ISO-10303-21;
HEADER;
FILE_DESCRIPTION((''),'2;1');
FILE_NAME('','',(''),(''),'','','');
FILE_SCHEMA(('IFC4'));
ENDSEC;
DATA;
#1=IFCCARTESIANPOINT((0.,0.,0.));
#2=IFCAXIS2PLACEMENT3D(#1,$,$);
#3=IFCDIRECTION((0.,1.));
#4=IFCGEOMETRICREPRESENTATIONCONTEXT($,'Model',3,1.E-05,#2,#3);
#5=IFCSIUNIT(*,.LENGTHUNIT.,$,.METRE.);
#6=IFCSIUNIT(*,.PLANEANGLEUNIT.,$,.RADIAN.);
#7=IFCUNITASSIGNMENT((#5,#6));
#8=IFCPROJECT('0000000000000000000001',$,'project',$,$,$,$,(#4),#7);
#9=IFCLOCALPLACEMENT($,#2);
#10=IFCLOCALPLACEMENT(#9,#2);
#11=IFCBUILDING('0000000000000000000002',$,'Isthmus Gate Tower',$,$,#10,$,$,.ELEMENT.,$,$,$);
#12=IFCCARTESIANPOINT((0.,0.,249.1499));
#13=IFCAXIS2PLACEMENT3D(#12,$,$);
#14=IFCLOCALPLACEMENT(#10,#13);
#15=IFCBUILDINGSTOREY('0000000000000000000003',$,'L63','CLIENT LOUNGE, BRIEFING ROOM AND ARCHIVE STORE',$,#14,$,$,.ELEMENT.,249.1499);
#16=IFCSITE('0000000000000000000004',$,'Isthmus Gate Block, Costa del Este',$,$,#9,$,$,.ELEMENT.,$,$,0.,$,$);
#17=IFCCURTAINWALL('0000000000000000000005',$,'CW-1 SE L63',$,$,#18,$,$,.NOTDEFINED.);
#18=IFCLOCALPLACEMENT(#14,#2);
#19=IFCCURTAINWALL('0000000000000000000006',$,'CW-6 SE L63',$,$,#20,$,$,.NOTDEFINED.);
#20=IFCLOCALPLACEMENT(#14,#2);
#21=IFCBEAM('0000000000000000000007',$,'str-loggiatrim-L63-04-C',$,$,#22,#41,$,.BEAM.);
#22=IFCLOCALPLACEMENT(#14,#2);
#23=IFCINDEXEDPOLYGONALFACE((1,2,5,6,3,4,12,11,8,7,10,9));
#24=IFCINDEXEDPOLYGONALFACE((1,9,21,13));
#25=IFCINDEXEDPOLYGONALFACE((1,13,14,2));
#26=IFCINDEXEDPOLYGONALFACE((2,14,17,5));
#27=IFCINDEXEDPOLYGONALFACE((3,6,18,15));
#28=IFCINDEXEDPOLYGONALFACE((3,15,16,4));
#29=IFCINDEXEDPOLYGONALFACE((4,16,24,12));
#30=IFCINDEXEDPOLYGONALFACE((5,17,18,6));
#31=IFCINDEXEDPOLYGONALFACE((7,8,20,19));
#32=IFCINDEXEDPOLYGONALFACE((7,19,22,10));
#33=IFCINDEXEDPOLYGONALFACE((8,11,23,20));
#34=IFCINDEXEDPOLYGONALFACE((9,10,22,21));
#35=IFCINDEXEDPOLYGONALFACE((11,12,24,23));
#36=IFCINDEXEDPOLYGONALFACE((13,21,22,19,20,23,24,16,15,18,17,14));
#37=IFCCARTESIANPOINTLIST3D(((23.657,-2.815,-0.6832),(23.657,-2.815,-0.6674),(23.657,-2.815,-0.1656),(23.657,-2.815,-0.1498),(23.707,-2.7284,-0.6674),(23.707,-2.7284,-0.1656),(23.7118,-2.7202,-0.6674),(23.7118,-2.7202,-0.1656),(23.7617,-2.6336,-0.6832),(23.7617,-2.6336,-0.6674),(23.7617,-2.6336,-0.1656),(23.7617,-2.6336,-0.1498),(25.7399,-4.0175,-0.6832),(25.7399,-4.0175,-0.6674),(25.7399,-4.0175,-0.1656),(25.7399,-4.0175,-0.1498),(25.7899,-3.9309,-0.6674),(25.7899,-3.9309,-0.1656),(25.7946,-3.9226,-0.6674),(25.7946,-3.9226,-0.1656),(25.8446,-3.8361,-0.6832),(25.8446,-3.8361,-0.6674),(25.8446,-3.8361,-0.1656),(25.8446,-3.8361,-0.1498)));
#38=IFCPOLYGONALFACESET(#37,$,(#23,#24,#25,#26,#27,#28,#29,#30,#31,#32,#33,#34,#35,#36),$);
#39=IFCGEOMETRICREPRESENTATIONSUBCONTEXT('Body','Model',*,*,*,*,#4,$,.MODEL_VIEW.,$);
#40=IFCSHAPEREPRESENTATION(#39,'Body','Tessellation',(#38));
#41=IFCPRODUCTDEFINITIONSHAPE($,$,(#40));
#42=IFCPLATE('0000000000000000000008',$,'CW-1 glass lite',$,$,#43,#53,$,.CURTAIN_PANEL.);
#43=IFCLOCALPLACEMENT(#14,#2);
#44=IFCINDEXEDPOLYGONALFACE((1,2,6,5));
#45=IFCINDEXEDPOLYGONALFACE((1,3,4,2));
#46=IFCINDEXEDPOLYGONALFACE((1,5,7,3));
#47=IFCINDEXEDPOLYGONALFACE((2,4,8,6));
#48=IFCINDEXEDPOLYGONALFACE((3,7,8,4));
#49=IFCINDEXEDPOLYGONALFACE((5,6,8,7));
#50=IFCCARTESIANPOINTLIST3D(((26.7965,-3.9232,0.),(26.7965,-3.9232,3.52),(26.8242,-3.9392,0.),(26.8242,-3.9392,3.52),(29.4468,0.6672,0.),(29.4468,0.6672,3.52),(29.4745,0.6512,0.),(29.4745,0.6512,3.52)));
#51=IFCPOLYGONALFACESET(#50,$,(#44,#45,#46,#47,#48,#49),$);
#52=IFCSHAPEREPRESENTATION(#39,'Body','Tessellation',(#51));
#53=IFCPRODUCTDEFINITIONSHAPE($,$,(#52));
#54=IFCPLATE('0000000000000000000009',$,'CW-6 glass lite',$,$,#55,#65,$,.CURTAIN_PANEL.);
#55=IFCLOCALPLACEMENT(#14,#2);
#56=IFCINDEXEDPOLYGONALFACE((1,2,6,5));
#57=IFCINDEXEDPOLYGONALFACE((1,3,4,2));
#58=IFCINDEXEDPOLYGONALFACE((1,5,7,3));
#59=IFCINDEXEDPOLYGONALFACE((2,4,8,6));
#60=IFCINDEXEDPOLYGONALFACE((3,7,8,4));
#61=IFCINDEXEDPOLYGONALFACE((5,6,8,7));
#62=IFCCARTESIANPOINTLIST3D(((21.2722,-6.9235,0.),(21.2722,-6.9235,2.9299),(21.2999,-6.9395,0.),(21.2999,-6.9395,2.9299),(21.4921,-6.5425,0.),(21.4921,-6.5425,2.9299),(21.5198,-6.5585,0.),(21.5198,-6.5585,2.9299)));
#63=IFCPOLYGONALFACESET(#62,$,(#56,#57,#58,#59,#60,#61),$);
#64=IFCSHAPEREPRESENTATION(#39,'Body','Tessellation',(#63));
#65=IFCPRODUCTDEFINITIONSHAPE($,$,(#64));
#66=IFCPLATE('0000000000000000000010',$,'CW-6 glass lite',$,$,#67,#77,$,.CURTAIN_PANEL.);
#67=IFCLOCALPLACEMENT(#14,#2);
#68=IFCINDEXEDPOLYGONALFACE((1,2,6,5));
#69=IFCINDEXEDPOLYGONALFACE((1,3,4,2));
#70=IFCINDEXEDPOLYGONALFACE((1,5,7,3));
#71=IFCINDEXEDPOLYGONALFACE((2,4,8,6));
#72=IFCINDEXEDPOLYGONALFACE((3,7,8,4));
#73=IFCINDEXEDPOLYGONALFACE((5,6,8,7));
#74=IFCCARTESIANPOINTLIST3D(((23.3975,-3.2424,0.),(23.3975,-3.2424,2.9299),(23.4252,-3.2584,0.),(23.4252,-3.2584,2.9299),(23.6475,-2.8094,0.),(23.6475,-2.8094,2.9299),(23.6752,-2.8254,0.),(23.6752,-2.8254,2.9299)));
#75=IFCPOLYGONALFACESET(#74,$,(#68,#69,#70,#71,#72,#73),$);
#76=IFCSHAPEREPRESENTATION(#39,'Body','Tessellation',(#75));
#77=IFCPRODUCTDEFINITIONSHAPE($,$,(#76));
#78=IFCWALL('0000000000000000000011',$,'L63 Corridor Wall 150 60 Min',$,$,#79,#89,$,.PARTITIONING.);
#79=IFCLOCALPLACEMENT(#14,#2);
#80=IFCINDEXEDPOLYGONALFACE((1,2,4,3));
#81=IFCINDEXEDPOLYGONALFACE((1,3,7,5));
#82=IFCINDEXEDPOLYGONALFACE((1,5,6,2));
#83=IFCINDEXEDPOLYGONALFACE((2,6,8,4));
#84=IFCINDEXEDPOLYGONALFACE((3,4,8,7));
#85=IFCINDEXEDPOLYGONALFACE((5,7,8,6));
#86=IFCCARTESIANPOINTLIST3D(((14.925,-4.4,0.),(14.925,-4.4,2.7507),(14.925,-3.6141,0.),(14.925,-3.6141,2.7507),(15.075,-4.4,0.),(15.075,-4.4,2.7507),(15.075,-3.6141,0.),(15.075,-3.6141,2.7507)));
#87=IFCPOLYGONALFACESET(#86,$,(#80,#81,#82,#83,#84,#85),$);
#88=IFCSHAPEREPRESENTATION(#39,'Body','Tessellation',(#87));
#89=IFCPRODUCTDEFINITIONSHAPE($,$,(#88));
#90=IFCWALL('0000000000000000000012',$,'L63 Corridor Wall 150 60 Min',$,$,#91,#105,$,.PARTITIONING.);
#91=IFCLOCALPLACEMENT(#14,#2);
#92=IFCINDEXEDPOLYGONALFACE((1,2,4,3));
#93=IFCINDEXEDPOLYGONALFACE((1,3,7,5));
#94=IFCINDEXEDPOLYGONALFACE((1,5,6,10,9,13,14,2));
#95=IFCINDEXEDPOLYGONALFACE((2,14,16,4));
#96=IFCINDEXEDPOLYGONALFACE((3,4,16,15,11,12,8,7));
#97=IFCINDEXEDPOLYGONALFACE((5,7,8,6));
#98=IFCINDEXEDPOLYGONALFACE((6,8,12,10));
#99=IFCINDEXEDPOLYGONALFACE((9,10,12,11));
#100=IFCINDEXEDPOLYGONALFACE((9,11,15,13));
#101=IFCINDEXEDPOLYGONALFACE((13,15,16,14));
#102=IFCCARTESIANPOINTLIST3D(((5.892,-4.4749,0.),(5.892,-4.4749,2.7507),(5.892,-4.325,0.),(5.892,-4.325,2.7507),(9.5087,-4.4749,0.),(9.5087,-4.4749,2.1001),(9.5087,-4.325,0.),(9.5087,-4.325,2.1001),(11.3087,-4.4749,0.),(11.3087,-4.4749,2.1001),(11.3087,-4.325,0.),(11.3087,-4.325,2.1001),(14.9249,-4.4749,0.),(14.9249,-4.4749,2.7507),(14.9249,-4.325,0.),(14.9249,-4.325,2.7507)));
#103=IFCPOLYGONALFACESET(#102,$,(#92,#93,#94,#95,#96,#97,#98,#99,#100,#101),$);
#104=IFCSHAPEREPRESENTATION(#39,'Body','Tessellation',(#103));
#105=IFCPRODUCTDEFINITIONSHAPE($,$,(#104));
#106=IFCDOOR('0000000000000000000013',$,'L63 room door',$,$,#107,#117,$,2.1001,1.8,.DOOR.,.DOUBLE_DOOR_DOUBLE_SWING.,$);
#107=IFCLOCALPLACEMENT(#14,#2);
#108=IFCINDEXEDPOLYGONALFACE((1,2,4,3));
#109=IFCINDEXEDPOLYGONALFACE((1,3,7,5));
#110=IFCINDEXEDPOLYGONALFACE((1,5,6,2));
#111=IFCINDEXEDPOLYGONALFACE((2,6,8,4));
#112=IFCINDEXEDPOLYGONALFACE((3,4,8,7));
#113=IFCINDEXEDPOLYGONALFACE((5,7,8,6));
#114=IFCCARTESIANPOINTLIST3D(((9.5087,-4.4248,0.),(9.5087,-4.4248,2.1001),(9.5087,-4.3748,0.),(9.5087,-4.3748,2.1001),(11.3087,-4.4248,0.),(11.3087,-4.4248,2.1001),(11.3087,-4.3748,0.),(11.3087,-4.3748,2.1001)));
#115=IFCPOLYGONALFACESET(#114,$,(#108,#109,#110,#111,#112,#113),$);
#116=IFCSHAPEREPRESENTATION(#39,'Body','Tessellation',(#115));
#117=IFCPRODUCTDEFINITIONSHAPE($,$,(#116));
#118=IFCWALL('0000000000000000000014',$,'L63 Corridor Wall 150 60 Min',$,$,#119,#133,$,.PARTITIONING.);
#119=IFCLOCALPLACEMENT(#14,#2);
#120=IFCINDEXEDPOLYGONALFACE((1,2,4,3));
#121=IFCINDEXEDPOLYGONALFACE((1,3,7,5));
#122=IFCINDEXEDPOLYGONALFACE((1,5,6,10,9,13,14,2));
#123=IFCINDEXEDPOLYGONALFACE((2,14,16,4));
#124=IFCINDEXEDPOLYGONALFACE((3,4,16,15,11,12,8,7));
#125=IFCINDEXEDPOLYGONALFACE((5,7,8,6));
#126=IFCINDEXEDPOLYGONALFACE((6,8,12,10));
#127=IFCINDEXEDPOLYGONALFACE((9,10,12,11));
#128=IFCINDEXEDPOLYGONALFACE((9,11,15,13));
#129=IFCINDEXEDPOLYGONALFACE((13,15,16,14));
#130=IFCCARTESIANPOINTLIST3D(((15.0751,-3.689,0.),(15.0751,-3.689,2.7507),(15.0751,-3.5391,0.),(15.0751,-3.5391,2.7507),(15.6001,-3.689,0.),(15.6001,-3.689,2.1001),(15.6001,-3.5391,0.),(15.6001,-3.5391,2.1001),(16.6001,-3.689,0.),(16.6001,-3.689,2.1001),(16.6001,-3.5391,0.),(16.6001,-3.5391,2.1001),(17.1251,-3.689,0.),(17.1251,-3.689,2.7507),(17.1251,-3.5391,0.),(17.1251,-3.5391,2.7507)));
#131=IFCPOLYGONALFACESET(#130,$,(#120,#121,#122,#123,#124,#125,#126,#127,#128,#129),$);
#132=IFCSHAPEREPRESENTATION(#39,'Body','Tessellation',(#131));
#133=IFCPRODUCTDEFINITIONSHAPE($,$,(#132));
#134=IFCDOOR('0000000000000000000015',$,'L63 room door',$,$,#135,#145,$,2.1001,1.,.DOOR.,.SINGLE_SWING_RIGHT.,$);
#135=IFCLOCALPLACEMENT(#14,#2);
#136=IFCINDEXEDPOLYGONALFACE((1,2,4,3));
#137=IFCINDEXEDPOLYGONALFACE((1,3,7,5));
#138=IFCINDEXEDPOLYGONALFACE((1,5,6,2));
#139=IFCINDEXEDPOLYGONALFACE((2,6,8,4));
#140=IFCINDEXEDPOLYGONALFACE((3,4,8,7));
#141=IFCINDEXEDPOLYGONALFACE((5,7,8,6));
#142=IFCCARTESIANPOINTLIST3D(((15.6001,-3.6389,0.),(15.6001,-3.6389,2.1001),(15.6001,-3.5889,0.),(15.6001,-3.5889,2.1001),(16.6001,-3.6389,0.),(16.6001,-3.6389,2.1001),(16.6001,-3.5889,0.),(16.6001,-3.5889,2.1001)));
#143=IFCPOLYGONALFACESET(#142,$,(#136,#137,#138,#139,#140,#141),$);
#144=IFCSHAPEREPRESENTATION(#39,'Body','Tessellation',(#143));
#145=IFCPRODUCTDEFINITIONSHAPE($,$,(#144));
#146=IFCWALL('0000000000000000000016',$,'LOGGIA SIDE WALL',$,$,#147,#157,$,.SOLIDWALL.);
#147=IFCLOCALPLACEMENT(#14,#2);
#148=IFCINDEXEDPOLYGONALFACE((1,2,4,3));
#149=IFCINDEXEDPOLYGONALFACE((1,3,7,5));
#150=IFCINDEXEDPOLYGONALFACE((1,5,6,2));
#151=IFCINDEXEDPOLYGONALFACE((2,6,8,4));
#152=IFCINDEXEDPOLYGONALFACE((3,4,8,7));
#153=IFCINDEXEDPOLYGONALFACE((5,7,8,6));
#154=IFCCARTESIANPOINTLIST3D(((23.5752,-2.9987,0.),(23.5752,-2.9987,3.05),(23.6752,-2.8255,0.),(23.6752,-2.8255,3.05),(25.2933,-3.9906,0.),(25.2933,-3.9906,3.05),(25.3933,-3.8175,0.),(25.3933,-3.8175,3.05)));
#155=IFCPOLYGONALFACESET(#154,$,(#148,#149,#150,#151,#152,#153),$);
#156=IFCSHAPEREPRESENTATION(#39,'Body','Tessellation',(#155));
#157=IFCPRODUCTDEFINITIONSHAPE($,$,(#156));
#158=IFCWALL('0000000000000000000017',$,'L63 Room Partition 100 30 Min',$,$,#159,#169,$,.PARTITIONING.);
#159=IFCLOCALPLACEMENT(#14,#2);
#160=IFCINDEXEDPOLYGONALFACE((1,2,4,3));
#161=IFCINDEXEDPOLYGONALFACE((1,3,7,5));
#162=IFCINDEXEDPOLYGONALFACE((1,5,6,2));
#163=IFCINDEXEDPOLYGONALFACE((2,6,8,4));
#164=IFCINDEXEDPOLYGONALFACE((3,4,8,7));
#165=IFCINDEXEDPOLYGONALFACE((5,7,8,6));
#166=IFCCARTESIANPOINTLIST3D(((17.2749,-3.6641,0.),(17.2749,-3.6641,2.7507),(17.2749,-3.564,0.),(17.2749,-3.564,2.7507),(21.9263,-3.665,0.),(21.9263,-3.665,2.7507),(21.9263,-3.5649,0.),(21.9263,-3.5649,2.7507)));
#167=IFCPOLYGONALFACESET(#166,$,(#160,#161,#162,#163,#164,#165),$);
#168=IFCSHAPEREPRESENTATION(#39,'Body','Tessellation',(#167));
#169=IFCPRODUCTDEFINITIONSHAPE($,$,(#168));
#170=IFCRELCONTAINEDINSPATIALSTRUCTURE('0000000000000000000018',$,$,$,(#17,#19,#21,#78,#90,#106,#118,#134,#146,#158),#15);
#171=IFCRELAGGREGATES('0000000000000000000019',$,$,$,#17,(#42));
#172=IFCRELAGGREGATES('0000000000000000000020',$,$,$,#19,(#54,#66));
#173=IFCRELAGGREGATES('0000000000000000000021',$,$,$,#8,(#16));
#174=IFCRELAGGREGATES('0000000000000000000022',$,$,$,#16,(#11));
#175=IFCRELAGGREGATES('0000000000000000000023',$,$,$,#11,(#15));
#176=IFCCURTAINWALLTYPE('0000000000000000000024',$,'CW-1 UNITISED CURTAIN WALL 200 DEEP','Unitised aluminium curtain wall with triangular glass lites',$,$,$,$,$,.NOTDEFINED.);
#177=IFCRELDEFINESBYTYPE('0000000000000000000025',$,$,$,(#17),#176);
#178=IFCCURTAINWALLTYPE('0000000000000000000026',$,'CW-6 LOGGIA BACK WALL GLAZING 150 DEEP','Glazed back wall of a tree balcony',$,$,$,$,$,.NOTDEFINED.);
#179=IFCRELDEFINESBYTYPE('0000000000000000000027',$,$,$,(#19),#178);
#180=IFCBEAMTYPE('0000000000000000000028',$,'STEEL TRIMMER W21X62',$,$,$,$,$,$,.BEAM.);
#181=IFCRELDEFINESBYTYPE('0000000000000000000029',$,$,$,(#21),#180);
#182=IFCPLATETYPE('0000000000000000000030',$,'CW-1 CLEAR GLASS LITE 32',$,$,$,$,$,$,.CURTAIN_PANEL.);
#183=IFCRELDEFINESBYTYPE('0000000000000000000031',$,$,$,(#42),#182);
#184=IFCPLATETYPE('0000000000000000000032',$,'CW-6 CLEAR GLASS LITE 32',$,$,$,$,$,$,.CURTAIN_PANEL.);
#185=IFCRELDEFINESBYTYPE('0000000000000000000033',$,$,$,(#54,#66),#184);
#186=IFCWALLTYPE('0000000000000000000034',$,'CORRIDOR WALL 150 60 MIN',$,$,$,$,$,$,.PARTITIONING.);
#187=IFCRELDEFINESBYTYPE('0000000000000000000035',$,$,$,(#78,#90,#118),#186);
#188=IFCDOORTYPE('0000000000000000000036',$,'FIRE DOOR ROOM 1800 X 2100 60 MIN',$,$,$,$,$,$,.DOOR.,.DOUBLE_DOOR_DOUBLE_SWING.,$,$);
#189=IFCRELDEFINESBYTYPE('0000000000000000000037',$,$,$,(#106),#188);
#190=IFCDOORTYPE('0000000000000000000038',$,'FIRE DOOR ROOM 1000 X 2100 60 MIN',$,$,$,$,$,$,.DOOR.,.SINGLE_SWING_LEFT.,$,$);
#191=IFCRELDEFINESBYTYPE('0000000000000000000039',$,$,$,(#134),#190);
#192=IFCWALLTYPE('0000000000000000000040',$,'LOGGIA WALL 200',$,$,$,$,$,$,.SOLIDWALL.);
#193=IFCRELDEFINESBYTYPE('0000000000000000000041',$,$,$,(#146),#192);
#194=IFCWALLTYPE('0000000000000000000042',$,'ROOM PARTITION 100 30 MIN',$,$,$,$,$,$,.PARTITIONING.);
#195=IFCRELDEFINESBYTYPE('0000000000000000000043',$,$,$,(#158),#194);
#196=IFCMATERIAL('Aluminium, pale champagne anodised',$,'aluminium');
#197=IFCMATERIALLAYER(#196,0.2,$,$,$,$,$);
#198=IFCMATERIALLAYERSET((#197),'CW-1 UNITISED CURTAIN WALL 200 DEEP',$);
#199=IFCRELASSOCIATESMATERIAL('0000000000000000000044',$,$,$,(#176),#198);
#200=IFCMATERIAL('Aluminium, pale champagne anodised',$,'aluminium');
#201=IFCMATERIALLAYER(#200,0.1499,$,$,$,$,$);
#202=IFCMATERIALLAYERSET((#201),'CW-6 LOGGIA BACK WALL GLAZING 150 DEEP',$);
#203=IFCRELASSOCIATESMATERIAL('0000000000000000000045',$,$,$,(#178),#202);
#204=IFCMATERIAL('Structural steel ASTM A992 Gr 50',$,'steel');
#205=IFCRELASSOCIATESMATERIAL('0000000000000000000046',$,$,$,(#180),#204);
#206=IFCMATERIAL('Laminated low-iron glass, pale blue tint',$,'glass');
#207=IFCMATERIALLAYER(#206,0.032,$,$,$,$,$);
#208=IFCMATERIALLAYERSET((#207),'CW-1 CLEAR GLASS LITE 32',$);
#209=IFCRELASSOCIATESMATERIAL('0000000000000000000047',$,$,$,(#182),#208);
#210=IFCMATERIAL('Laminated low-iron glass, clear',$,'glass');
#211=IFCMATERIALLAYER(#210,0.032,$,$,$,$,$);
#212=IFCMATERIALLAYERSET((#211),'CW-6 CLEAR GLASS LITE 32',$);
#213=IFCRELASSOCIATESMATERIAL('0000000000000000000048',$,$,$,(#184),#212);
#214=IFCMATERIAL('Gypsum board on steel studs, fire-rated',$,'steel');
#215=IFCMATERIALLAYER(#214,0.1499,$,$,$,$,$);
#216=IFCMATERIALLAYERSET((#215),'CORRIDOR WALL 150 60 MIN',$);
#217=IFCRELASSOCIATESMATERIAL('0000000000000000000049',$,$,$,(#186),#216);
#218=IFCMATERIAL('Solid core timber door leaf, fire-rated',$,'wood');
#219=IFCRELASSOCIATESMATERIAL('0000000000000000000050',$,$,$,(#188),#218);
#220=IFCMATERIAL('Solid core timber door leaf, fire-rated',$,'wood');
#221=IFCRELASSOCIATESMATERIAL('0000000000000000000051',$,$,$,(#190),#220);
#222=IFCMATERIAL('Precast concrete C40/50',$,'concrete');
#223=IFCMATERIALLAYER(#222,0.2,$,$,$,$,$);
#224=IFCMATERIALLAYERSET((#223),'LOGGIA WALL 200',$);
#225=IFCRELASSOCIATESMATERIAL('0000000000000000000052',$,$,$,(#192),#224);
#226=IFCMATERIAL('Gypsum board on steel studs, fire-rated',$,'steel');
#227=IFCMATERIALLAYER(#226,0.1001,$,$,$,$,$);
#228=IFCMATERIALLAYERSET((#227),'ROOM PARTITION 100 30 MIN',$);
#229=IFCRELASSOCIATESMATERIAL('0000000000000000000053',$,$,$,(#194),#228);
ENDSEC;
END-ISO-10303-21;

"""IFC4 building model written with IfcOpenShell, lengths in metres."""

from ifc_helpers import new_model, si_unit, direction, frame, frame_2d, origin, origin_2d, place, context, subcontext, project, spatial, rectangle, i_section, extrude, material, layer, layer_set, material_profile, profile_set, type_object, element, fill, aggregate, save


model = new_model("IFC4")

# Units and contexts
model_context = context("Model", 3, precision=1e-05, world=origin(), true_north=direction((0.0, 1.0)))
body_context = subcontext(model_context, "Body", "Model", "MODEL_VIEW")
ifc_project = project(units=[si_unit("LENGTHUNIT", "METRE"), si_unit("PLANEANGLEUNIT", "RADIAN")], contexts=[model_context])

# Site, building, storey
site_placement = place(None, origin())
site = spatial("IfcSite", under=ifc_project, at=site_placement, Name="Isthmus Gate Block, Costa del Este", CompositionType="ELEMENT", RefElevation=0.0)
building_placement = place(site_placement, origin())
building = spatial("IfcBuilding", under=site, at=building_placement, Name="Isthmus Gate Tower", CompositionType="ELEMENT")
storey_placement = place(building_placement, frame((0.0, 0.0, 249.1499)))
storey = spatial("IfcBuildingStorey", under=building, at=storey_placement, Name="L63", Description="CLIENT LOUNGE, BRIEFING ROOM AND ARCHIVE STORE", CompositionType="ELEMENT", Elevation=249.1499)

# Curtain walls
ifc_material_1 = material(Name="Aluminium, pale champagne anodised", Category="aluminium")
ifc_layer_1 = layer(ifc_material_1, 0.2)
ifc_layer_set_1 = layer_set([ifc_layer_1], Name="CW-1 UNITISED CURTAIN WALL 200 DEEP")
curtain_wall_type_1 = type_object("IfcCurtainWallType", Name="CW-1 UNITISED CURTAIN WALL 200 DEEP", Description="Unitised aluminium curtain wall with triangular glass lites", PredefinedType="NOTDEFINED", material=ifc_layer_set_1)
curtain_wall_1_placement = place(storey_placement, origin())
curtain_wall_1 = element("IfcCurtainWall", 1, at=curtain_wall_1_placement, inside=storey, type_object=curtain_wall_type_1, Name="CW-1 SE L63", PredefinedType="NOTDEFINED")
ifc_material_2 = material(Name="Aluminium, pale champagne anodised", Category="aluminium")
ifc_layer_2 = layer(ifc_material_2, 0.1499)
ifc_layer_set_2 = layer_set([ifc_layer_2], Name="CW-6 LOGGIA BACK WALL GLAZING 150 DEEP")
curtain_wall_type_2 = type_object("IfcCurtainWallType", Name="CW-6 LOGGIA BACK WALL GLAZING 150 DEEP", Description="Glazed back wall of a tree balcony", PredefinedType="NOTDEFINED", material=ifc_layer_set_2)
curtain_wall_2_placement = place(storey_placement, origin())
curtain_wall_2 = element("IfcCurtainWall", 2, at=curtain_wall_2_placement, inside=storey, type_object=curtain_wall_type_2, Name="CW-6 SE L63", PredefinedType="NOTDEFINED")

# Beam
ifc_material_3 = material(Name="Structural steel ASTM A992 Gr 50", Category="steel")
ifc_material_profile_1 = material_profile(ifc_material_3, i_section(OverallWidth=0.2095, OverallDepth=0.5334, WebThickness=0.0095, FlangeThickness=0.0159, at=origin_2d()), Name="W21X62")
ifc_profile_set_1 = profile_set([ifc_material_profile_1], Name="Structural steel ASTM A992 Gr 50")
beam_type_1 = type_object("IfcBeamType", Name="STEEL TRIMMER W21X62", PredefinedType="BEAM", material=ifc_profile_set_1)
beam_1_placement = place(storey_placement, frame((25.7922, -3.9268, -0.4165), z_axis=(-0.866042, 0.499971, 0.0), x_axis=(-0.499971, -0.866042, 0.0)))
element("IfcBeam", 3, at=beam_1_placement, inside=storey, type_object=beam_type_1, Name="str-loggiatrim-L63-04-C", PredefinedType="BEAM", context=body_context, shape_type="SweptSolid", body=[
    extrude(i_section(OverallWidth=0.2095, OverallDepth=0.5334, WebThickness=0.0095, FlangeThickness=0.0159, at=origin_2d()), origin(), (0.0, 0.0, 1.0), 2.405),
])

# Plates
ifc_material_4 = material(Name="Laminated low-iron glass, pale blue tint", Category="glass")
ifc_layer_3 = layer(ifc_material_4, 0.032)
ifc_layer_set_3 = layer_set([ifc_layer_3], Name="CW-1 CLEAR GLASS LITE 32")
plate_type_1 = type_object("IfcPlateType", Name="CW-1 CLEAR GLASS LITE 32", PredefinedType="CURTAIN_PANEL", material=ifc_layer_set_3)
plate_1_placement = place(storey_placement, frame((28.1355, -1.636, 0.0), z_axis=(0.0, 0.0, 1.0), x_axis=(0.5, 0.866025, 0.0)))
plate_1 = element("IfcPlate", 4, at=plate_1_placement, type_object=plate_type_1, Name="CW-1 glass lite", PredefinedType="CURTAIN_PANEL", context=body_context, shape_type="SweptSolid", body=[
    extrude(rectangle(XDim=5.3005, YDim=0.032, at=origin_2d()), origin(), (0.0, 0.0, 1.0), 3.52),
])
aggregate(curtain_wall_1, [plate_1])
ifc_material_5 = material(Name="Laminated low-iron glass, clear", Category="glass")
ifc_layer_4 = layer(ifc_material_5, 0.032)
ifc_layer_set_4 = layer_set([ifc_layer_4], Name="CW-6 CLEAR GLASS LITE 32")
plate_type_2 = type_object("IfcPlateType", Name="CW-6 CLEAR GLASS LITE 32", PredefinedType="CURTAIN_PANEL", material=ifc_layer_set_4)
plate_2_placement = place(storey_placement, frame((21.396, -6.741, 0.0), z_axis=(0.0, 0.0, 1.0), x_axis=(0.5, 0.866025, 0.0)))
plate_2 = element("IfcPlate", 5, at=plate_2_placement, type_object=plate_type_2, Name="CW-6 glass lite", PredefinedType="CURTAIN_PANEL", context=body_context, shape_type="SweptSolid", body=[
    extrude(rectangle(XDim=0.4399, YDim=0.032, at=origin_2d()), origin(), (0.0, 0.0, 1.0), 2.9299),
])
plate_3_placement = place(storey_placement, frame((23.5364, -3.0339, 0.0), z_axis=(0.0, 0.0, 1.0), x_axis=(0.5, 0.866025, 0.0)))
plate_3 = element("IfcPlate", 6, at=plate_3_placement, type_object=plate_type_2, Name="CW-6 glass lite", PredefinedType="CURTAIN_PANEL", context=body_context, shape_type="SweptSolid", body=[
    extrude(rectangle(XDim=0.5, YDim=0.032, at=origin_2d()), origin(), (0.0, 0.0, 1.0), 2.9299),
])
aggregate(curtain_wall_2, [plate_2, plate_3])

# Wall
ifc_material_6 = material(Name="Gypsum board on steel studs, fire-rated", Category="steel")
ifc_layer_5 = layer(ifc_material_6, 0.1499)
ifc_layer_set_5 = layer_set([ifc_layer_5], Name="CORRIDOR WALL 150 60 MIN")
wall_type_1 = type_object("IfcWallType", Name="CORRIDOR WALL 150 60 MIN", PredefinedType="PARTITIONING", material=ifc_layer_set_5)
wall_1_placement = place(storey_placement, frame((15.0, -3.614, 0.0), z_axis=(0.0, 0.0, 1.0), x_axis=(0.0, -1.0, 0.0)))
element("IfcWall", 7, at=wall_1_placement, inside=storey, type_object=wall_type_1, Name="L63 Corridor Wall 150 60 Min", PredefinedType="PARTITIONING", context=body_context, shape_type="SweptSolid", body=[
    extrude(rectangle(XDim=0.7859, YDim=0.1499, at=frame_2d((0.3931, 0.0))), origin(), (0.0, 0.0, 1.0), 2.7507),
])

# Walls, openings, doors
wall_2_placement = place(storey_placement, frame((14.925, -4.3999, 0.0), z_axis=(0.0, 0.0, 1.0), x_axis=(-1.0, 0.0, 0.0)))
wall_2 = element("IfcWall", 8, at=wall_2_placement, inside=storey, type_object=wall_type_1, Name="L63 Corridor Wall 150 60 Min", PredefinedType="PARTITIONING", context=body_context, shape_type="SweptSolid", body=[
    extrude(rectangle(XDim=9.033, YDim=0.1499, at=frame_2d((4.5166, 0.0))), origin(), (0.0, 0.0, 1.0), 2.7507),
])
opening_1_placement = place(wall_2_placement, frame((3.6165, 0.0, 0.0)))
opening_1 = element("IfcOpeningElement", 9, at=opening_1_placement, cuts=wall_2, PredefinedType="OPENING", context=body_context, shape_type="SweptSolid", body=[
    extrude(rectangle(XDim=1.8, YDim=2.1001, at=frame_2d((0.8999, 1.05))), frame((0.0, 0.085, 0.0), z_axis=(0.0, -1.0, 0.0), x_axis=(1.0, 0.0, 0.0)), (0.0, 0.0, 1.0), 0.1699),
])
ifc_material_7 = material(Name="Solid core timber door leaf, fire-rated", Category="wood")
door_type_1 = type_object("IfcDoorType", Name="FIRE DOOR ROOM 1800 X 2100 60 MIN", OperationType="DOUBLE_DOOR_DOUBLE_SWING", PredefinedType="DOOR", material=ifc_material_7)
door_1_placement = place(opening_1_placement, origin())
door_1 = element("IfcDoor", 10, at=door_1_placement, inside=storey, type_object=door_type_1, Name="L63 room door", OperationType="DOUBLE_DOOR_DOUBLE_SWING", OverallHeight=2.1001, OverallWidth=1.8, PredefinedType="DOOR", context=body_context, shape_type="SweptSolid", body=[
    extrude(rectangle(XDim=1.8, YDim=2.1001, at=frame_2d((0.8999, 1.05))), frame((0.0, 0.0249, 0.0), z_axis=(0.0, -1.0, 0.0), x_axis=(1.0, 0.0, 0.0)), (0.0, 0.0, 1.0), 0.05),
])
fill(opening_1, door_1)
wall_3_placement = place(storey_placement, frame((17.125, -3.614, 0.0), z_axis=(0.0, 0.0, 1.0), x_axis=(-1.0, 0.0, 0.0)))
wall_3 = element("IfcWall", 11, at=wall_3_placement, inside=storey, type_object=wall_type_1, Name="L63 Corridor Wall 150 60 Min", PredefinedType="PARTITIONING", context=body_context, shape_type="SweptSolid", body=[
    extrude(rectangle(XDim=2.05, YDim=0.1499, at=frame_2d((1.0249, 0.0))), origin(), (0.0, 0.0, 1.0), 2.7507),
])
opening_2_placement = place(wall_3_placement, frame((0.5249, 0.0, 0.0)))
opening_2 = element("IfcOpeningElement", 12, at=opening_2_placement, cuts=wall_3, PredefinedType="OPENING", context=body_context, shape_type="SweptSolid", body=[
    extrude(rectangle(XDim=1.0, YDim=2.1001, at=frame_2d((0.5, 1.05))), frame((0.0, 0.085, 0.0), z_axis=(0.0, -1.0, 0.0), x_axis=(1.0, 0.0, 0.0)), (0.0, 0.0, 1.0), 0.1699),
])
ifc_material_8 = material(Name="Solid core timber door leaf, fire-rated", Category="wood")
door_type_2 = type_object("IfcDoorType", Name="FIRE DOOR ROOM 1000 X 2100 60 MIN", OperationType="SINGLE_SWING_LEFT", PredefinedType="DOOR", material=ifc_material_8)
door_2_placement = place(opening_2_placement, origin())
door_2 = element("IfcDoor", 13, at=door_2_placement, inside=storey, type_object=door_type_2, Name="L63 room door", OperationType="SINGLE_SWING_RIGHT", OverallHeight=2.1001, OverallWidth=1.0, PredefinedType="DOOR", context=body_context, shape_type="SweptSolid", body=[
    extrude(rectangle(XDim=1.0, YDim=2.1001, at=frame_2d((0.5, 1.05))), frame((0.0, 0.0249, 0.0), z_axis=(0.0, -1.0, 0.0), x_axis=(1.0, 0.0, 0.0)), (0.0, 0.0, 1.0), 0.05),
])
fill(opening_2, door_2)
ifc_material_9 = material(Name="Precast concrete C40/50", Category="concrete")
ifc_layer_6 = layer(ifc_material_9, 0.2)
ifc_layer_set_6 = layer_set([ifc_layer_6], Name="LOGGIA WALL 200")
wall_type_2 = type_object("IfcWallType", Name="LOGGIA WALL 200", PredefinedType="SOLIDWALL", material=ifc_layer_set_6)

# Walls
wall_4_placement = place(storey_placement, frame((25.3433, -3.9041, 0.0), z_axis=(0.0, 0.0, 1.0), x_axis=(-0.866015, 0.500017, 0.0)))
element("IfcWall", 14, at=wall_4_placement, inside=storey, type_object=wall_type_2, Name="LOGGIA SIDE WALL", PredefinedType="SOLIDWALL", context=body_context, shape_type="SweptSolid", body=[
    extrude(rectangle(XDim=1.9839, YDim=0.2, at=frame_2d((0.9919, 0.0))), origin(), (0.0, 0.0, 1.0), 3.05),
])
ifc_material_10 = material(Name="Gypsum board on steel studs, fire-rated", Category="steel")
ifc_layer_7 = layer(ifc_material_10, 0.1001)
ifc_layer_set_7 = layer_set([ifc_layer_7], Name="ROOM PARTITION 100 30 MIN")
wall_type_3 = type_object("IfcWallType", Name="ROOM PARTITION 100 30 MIN", PredefinedType="PARTITIONING", material=ifc_layer_set_7)
wall_5_placement = place(storey_placement, frame((17.2749, -3.614, 0.0), z_axis=(0.0, 0.0, 1.0), x_axis=(1.0, -0.00021, 0.0)))
element("IfcWall", 15, at=wall_5_placement, inside=storey, type_object=wall_type_3, Name="L63 Room Partition 100 30 Min", PredefinedType="PARTITIONING", context=body_context, shape_type="SweptSolid", body=[
    extrude(rectangle(XDim=4.6514, YDim=0.1001, at=frame_2d((2.3257, 0.0))), origin(), (0.0, 0.0, 1.0), 2.7507),
])

save(model, "model.ifc")
